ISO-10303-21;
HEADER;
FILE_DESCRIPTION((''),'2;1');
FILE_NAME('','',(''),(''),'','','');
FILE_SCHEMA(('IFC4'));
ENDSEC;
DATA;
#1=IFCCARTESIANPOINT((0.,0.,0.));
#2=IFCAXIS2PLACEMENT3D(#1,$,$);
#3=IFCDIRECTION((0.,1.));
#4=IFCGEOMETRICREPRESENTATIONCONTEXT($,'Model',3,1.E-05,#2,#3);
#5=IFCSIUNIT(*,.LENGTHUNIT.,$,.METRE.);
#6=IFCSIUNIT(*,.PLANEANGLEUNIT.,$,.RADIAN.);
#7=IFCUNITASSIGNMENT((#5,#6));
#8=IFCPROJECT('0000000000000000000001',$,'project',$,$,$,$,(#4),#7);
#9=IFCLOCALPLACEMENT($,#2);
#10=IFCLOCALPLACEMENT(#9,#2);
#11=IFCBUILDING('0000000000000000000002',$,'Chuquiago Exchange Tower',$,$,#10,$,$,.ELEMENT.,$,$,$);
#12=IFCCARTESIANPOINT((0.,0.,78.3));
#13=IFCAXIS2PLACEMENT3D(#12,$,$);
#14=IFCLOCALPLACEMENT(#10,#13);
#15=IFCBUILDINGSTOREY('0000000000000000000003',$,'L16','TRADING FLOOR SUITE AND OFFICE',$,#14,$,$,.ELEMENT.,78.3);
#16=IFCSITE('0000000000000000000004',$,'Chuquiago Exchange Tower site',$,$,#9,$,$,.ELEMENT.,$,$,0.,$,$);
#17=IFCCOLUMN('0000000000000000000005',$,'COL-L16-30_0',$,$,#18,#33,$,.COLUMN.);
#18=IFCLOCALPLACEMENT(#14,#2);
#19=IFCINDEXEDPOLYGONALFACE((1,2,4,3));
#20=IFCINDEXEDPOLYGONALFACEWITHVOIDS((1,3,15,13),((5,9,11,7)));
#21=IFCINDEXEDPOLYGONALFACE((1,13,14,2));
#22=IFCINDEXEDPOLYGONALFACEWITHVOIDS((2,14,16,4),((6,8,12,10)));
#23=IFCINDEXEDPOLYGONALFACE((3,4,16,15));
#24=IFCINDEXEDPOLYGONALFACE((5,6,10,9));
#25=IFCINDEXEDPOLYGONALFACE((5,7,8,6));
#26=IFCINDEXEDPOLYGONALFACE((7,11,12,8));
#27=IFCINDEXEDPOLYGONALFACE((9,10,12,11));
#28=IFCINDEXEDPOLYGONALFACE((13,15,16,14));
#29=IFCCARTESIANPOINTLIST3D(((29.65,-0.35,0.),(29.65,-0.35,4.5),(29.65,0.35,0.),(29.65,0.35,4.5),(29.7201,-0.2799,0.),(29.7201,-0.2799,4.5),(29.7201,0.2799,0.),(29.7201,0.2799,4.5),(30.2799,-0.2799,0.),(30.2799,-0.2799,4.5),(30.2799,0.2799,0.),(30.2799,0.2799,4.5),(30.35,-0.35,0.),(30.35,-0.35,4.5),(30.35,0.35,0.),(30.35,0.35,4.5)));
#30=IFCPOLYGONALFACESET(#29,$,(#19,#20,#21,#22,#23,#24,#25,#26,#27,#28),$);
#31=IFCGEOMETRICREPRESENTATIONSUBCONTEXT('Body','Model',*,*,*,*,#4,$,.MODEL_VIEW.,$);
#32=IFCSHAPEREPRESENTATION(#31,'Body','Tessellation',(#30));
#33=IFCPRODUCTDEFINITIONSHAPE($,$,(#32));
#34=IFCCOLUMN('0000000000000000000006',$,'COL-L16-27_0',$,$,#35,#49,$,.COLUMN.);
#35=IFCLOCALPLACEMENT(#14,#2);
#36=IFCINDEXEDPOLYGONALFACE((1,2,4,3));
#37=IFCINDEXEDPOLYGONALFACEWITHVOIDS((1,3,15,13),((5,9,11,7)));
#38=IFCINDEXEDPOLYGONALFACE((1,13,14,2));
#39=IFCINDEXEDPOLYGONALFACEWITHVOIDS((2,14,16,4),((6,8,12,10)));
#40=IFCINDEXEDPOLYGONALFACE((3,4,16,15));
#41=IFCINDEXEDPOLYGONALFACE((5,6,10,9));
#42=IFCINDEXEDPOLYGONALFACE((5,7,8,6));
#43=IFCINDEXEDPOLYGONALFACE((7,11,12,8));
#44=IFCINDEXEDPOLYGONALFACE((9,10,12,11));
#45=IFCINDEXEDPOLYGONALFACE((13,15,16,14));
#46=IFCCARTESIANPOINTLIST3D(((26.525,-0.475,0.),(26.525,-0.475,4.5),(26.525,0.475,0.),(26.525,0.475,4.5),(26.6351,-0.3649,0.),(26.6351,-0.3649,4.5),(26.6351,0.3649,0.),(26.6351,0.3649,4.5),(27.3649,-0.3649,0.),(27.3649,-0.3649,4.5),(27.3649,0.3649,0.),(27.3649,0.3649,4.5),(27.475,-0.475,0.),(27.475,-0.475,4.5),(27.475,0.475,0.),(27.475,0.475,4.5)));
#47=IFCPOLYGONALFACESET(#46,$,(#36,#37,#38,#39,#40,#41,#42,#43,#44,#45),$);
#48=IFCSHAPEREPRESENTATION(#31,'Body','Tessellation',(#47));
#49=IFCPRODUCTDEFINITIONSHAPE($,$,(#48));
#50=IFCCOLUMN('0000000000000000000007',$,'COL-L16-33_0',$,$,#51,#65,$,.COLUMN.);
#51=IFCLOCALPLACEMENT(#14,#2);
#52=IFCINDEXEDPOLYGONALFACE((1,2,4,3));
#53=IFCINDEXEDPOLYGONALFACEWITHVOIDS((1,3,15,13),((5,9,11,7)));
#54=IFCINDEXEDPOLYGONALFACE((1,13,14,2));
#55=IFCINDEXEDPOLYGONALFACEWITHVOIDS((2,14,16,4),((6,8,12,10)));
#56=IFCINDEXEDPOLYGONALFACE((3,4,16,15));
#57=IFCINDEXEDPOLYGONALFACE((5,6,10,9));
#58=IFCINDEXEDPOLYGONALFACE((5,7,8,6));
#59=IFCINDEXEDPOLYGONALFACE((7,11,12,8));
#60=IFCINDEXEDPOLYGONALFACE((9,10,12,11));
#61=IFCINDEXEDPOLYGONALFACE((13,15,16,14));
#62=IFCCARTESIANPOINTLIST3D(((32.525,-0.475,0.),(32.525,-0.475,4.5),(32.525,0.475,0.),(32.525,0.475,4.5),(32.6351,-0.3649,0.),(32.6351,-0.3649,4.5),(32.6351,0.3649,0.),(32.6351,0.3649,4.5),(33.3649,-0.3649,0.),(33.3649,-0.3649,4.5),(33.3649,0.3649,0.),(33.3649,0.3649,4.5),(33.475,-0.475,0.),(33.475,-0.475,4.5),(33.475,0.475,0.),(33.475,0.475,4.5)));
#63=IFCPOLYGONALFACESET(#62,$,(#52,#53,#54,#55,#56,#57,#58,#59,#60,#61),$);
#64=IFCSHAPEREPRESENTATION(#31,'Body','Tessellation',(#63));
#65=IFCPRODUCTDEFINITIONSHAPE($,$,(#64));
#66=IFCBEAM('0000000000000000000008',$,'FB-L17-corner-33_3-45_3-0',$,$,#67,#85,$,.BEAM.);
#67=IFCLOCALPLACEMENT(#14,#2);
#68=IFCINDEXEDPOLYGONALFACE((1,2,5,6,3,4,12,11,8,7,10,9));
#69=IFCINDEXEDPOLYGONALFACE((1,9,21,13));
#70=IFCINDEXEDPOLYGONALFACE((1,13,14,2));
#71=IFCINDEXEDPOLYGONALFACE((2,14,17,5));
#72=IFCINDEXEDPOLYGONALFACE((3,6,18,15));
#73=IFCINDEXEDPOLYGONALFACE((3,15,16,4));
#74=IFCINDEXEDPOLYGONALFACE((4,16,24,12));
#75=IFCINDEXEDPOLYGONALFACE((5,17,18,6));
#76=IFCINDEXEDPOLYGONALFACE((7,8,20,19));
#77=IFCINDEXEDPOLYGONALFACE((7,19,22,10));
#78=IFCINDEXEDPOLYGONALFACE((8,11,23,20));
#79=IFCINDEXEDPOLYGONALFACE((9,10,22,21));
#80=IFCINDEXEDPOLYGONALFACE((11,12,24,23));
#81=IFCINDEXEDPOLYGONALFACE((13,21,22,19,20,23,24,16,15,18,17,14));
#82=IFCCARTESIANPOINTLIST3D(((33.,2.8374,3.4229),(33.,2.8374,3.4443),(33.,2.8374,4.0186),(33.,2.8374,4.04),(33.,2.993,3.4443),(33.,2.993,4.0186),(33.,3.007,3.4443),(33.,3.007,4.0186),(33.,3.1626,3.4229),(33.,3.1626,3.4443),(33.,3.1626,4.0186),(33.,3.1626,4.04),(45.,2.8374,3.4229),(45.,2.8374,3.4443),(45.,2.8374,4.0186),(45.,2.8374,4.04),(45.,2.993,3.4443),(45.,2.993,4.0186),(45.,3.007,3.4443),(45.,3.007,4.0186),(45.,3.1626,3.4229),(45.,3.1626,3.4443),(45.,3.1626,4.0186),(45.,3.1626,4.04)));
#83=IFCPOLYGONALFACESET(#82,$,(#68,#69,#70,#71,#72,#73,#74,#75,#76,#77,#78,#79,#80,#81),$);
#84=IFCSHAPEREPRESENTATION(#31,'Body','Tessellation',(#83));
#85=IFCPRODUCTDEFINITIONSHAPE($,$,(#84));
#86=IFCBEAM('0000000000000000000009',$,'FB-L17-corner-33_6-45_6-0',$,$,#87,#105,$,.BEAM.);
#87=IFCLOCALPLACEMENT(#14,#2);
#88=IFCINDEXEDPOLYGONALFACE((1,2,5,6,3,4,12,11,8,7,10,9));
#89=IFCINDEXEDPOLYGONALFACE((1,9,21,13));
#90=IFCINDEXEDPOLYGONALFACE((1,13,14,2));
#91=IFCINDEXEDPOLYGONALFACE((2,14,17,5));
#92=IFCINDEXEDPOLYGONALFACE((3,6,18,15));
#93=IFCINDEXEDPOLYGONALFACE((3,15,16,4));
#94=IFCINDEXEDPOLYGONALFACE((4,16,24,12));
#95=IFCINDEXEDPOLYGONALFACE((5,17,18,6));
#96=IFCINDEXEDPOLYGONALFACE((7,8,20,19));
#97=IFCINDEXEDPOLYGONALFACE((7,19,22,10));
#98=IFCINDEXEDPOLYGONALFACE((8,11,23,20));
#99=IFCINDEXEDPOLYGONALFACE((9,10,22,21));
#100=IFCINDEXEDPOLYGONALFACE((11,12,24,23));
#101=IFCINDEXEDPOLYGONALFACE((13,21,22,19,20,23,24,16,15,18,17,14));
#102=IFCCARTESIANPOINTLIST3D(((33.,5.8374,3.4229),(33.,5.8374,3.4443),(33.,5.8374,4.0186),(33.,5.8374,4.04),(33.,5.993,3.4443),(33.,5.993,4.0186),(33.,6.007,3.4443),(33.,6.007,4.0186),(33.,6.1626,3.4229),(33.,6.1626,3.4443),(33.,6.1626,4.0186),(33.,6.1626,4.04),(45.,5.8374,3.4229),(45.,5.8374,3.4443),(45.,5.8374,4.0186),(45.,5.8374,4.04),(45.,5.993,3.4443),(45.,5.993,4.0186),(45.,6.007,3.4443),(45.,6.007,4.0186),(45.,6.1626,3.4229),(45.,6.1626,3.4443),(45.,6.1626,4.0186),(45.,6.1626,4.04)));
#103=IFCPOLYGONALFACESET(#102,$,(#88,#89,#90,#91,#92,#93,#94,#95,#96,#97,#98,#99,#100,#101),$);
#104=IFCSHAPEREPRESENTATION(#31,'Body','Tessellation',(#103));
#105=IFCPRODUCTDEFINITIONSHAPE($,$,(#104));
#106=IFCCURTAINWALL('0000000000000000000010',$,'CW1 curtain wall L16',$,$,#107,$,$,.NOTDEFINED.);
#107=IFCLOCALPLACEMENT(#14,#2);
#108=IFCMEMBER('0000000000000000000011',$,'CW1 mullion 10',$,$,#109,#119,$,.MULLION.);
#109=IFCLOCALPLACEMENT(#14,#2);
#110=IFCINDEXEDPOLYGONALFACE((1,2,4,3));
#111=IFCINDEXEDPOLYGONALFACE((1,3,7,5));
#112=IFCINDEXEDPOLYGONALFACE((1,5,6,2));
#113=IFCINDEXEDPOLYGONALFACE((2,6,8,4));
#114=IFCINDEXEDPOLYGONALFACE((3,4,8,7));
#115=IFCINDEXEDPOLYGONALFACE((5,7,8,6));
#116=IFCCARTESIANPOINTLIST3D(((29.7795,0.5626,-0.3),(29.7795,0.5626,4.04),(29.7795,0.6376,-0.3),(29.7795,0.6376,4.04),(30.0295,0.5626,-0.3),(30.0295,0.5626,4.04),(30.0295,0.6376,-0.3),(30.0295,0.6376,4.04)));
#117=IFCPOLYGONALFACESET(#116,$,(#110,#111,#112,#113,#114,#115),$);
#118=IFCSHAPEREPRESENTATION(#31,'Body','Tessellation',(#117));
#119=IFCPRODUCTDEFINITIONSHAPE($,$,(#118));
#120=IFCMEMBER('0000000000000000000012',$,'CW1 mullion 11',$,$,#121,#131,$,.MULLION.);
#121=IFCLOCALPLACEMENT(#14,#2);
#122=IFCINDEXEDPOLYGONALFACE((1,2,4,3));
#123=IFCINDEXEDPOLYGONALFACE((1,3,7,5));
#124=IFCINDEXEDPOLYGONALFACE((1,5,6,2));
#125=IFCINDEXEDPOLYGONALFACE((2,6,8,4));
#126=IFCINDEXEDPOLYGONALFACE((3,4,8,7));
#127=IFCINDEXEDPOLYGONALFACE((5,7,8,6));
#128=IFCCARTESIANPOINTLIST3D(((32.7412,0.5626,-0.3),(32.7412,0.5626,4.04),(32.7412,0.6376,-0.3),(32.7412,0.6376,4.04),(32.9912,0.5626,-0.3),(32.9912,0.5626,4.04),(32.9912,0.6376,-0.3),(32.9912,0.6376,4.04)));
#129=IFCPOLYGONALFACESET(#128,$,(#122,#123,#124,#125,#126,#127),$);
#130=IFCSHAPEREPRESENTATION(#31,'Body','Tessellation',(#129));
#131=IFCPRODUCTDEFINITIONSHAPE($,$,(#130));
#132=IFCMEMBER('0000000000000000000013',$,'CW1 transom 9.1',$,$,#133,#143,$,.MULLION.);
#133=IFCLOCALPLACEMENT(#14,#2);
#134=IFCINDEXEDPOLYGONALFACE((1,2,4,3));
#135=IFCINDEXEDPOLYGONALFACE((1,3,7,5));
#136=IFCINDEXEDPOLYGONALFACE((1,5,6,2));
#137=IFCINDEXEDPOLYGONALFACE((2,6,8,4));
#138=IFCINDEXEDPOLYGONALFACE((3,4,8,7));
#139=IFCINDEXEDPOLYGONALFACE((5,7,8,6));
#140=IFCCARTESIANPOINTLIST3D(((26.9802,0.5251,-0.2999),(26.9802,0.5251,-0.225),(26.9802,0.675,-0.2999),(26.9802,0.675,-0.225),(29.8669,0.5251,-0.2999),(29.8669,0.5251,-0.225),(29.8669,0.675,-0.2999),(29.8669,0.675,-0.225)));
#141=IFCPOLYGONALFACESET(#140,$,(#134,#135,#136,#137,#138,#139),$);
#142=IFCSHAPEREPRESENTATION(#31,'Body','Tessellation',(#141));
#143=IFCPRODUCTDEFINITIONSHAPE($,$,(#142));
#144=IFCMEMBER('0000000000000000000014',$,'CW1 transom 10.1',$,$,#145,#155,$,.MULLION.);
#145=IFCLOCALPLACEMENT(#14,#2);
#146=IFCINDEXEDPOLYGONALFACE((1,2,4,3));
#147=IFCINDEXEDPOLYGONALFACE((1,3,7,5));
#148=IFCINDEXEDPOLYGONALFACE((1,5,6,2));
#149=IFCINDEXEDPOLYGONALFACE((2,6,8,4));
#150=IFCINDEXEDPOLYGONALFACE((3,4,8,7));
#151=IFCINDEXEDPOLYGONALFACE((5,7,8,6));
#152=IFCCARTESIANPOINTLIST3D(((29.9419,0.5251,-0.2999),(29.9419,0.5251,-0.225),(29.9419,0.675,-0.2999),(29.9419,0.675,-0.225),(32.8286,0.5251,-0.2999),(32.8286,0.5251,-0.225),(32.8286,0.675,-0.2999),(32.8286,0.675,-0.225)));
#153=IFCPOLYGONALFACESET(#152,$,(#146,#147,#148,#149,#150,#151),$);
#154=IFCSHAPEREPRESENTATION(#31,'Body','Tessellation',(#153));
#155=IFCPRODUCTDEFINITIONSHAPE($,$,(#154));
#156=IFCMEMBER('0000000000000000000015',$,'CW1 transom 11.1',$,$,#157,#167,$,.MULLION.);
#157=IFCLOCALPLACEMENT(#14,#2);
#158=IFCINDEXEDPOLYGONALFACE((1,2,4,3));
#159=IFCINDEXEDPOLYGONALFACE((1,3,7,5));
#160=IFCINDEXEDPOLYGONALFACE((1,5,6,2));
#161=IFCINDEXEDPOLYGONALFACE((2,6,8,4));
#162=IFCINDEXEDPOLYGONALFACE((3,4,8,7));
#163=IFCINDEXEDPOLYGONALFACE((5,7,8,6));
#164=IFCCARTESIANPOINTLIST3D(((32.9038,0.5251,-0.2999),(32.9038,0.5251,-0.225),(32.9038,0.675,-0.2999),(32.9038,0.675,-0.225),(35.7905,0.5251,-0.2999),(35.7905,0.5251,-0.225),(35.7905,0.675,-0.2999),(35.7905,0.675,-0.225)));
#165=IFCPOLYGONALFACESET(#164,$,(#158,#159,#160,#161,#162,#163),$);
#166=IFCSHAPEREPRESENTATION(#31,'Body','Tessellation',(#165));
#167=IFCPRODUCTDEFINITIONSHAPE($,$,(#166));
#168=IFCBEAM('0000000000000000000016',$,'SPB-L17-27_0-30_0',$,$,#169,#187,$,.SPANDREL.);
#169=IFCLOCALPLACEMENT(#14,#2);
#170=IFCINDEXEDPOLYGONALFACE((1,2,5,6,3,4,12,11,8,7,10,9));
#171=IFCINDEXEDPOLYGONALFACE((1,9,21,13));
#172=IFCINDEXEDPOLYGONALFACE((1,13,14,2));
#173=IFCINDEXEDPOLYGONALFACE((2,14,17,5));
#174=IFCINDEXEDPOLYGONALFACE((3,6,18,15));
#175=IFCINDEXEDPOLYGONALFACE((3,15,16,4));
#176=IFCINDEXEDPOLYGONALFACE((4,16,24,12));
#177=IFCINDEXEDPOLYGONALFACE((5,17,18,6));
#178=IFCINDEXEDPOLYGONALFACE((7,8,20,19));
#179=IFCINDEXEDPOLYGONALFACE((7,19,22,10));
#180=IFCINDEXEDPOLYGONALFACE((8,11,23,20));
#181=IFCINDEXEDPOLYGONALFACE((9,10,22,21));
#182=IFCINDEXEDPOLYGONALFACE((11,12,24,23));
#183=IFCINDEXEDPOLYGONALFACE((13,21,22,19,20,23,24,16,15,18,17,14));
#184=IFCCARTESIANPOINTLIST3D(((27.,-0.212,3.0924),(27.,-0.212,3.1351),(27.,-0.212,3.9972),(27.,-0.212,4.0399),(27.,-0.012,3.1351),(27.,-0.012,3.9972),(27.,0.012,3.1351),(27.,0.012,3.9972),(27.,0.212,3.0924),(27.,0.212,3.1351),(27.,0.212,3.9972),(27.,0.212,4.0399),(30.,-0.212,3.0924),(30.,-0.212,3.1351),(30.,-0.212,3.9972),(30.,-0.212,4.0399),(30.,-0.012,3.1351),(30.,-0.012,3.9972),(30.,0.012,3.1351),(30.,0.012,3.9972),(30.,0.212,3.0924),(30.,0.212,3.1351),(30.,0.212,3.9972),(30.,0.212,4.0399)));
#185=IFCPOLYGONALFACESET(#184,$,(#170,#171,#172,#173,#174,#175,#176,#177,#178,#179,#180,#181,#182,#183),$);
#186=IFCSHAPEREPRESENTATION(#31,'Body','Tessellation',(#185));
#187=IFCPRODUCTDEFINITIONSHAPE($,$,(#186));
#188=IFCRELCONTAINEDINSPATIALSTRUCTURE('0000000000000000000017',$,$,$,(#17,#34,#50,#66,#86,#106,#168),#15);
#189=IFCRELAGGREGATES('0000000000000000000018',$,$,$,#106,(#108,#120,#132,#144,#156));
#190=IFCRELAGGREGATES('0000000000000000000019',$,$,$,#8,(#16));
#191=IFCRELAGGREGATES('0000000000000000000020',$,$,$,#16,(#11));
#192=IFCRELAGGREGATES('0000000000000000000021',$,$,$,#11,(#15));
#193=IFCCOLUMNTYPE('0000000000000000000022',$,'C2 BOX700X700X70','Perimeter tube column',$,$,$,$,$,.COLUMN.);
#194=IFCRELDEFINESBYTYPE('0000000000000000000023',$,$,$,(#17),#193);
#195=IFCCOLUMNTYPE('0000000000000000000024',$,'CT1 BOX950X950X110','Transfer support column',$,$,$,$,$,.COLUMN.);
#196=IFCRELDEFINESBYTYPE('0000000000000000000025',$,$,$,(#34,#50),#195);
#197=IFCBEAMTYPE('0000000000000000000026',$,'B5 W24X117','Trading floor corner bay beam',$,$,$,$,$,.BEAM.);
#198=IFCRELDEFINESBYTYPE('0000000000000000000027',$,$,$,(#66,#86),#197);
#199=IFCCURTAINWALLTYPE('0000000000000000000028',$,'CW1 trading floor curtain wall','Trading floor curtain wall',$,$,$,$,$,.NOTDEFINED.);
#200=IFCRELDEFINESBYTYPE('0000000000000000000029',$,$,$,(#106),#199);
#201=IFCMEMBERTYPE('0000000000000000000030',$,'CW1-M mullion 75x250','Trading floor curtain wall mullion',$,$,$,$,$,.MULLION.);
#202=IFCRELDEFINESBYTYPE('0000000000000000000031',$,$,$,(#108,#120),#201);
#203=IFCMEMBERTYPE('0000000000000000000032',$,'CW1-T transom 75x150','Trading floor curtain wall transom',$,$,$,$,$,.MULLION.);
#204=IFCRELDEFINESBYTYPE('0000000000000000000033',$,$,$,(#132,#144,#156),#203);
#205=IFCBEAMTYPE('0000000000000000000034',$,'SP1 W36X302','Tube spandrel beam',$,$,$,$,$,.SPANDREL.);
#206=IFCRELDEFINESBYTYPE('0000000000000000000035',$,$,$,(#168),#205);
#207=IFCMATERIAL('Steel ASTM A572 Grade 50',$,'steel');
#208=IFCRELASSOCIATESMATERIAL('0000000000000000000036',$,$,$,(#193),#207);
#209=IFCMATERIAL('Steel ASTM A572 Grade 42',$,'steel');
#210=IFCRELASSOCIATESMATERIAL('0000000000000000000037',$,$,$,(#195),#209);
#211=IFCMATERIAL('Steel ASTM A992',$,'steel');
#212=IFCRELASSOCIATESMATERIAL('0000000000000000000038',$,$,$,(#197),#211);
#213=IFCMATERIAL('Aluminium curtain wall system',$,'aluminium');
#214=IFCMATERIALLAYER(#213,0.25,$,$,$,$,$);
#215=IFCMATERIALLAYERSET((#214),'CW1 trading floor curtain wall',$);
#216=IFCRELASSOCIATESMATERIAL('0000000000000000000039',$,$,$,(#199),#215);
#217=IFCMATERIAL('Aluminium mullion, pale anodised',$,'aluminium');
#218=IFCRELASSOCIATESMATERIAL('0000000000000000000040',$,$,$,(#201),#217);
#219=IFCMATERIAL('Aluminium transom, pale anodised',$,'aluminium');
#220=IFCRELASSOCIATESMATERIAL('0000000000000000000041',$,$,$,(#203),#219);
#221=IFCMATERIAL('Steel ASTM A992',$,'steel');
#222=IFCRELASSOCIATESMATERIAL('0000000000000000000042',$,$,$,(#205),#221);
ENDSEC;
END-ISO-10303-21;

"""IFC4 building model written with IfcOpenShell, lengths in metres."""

from ifc_helpers import new_model, si_unit, direction, frame, origin, origin_2d, place, context, subcontext, project, spatial, rectangle, hollow_rectangle, i_section, extrude, material, layer, layer_set, material_profile, profile_set, type_object, element, aggregate, save


model = new_model("IFC4")

# Units and contexts
model_context = context("Model", 3, precision=1e-05, world=origin(), true_north=direction((0.0, 1.0)))
body_context = subcontext(model_context, "Body", "Model", "MODEL_VIEW")
ifc_project = project(units=[si_unit("LENGTHUNIT", "METRE"), si_unit("PLANEANGLEUNIT", "RADIAN")], contexts=[model_context])

# Site, building, storey
site_placement = place(None, origin())
site = spatial("IfcSite", under=ifc_project, at=site_placement, Name="Chuquiago Exchange Tower site", CompositionType="ELEMENT", RefElevation=0.0)
building_placement = place(site_placement, origin())
building = spatial("IfcBuilding", under=site, at=building_placement, Name="Chuquiago Exchange Tower", CompositionType="ELEMENT")
storey_placement = place(building_placement, frame((0.0, 0.0, 78.3)))
storey = spatial("IfcBuildingStorey", under=building, at=storey_placement, Name="L16", Description="TRADING FLOOR SUITE AND OFFICE", CompositionType="ELEMENT", Elevation=78.3)

# Columns
ifc_material_1 = material(Name="Steel ASTM A572 Grade 50", Category="steel")
ifc_material_profile_1 = material_profile(ifc_material_1, hollow_rectangle(XDim=0.7, YDim=0.7, WallThickness=0.0701, at=origin_2d()), Name="BOX700X700X70")
ifc_profile_set_1 = profile_set([ifc_material_profile_1], Name="Steel ASTM A572 Grade 50")
column_type_1 = type_object("IfcColumnType", Name="C2 BOX700X700X70", Description="Perimeter tube column", PredefinedType="COLUMN", material=ifc_profile_set_1)
column_placement = place(storey_placement, frame((30.0, 0.0, 0.0), z_axis=(0.0, 0.0, 1.0), x_axis=(0.0, -1.0, 0.0)))
element("IfcColumn", 1, at=column_placement, inside=storey, type_object=column_type_1, Name="COL-L16-30_0", PredefinedType="COLUMN", context=body_context, shape_type="SweptSolid", body=[
    extrude(hollow_rectangle(XDim=0.7, YDim=0.7, WallThickness=0.0701, at=origin_2d()), origin(), (0.0, 0.0, 1.0), 4.5),
])
ifc_material_2 = material(Name="Steel ASTM A572 Grade 42", Category="steel")
ifc_material_profile_2 = material_profile(ifc_material_2, hollow_rectangle(XDim=0.95, YDim=0.95, WallThickness=0.1101, at=origin_2d()), Name="BOX950X950X110")
ifc_profile_set_2 = profile_set([ifc_material_profile_2], Name="Steel ASTM A572 Grade 42")
column_type_2 = type_object("IfcColumnType", Name="CT1 BOX950X950X110", Description="Transfer support column", PredefinedType="COLUMN", material=ifc_profile_set_2)
for number, where, z_axis, x_axis, name in (
    (2, (27.0, 0.0, 0.0), (0.0, 0.0, 1.0), (0.0, -1.0, 0.0), "COL-L16-27_0"),
    (3, (33.0, 0.0, 0.0), (0.0, 0.0, 1.0), (0.0, -1.0, 0.0), "COL-L16-33_0"),
):
    element("IfcColumn", number, at=place(storey_placement, frame(where, z_axis=z_axis, x_axis=x_axis)), inside=storey, type_object=column_type_2, Name=name, PredefinedType="COLUMN", context=body_context, shape_type="SweptSolid", body=[
        extrude(hollow_rectangle(XDim=0.95, YDim=0.95, WallThickness=0.1101, at=origin_2d()), origin(), (0.0, 0.0, 1.0), 4.5),
    ])

# Beams
ifc_material_3 = material(Name="Steel ASTM A992", Category="steel")
ifc_material_profile_3 = material_profile(ifc_material_3, i_section(OverallWidth=0.3252, OverallDepth=0.6172, WebThickness=0.0139, FlangeThickness=0.0215, at=origin_2d()), Name="W24X117")
ifc_profile_set_3 = profile_set([ifc_material_profile_3], Name="Steel ASTM A992")
beam_type_1 = type_object("IfcBeamType", Name="B5 W24X117", Description="Trading floor corner bay beam", PredefinedType="BEAM", material=ifc_profile_set_3)
for number, where, z_axis, x_axis, name in (
    (4, (33.0, 3.0, 3.7314), (1.0, 0.0, 0.0), (0.0, 1.0, 0.0), "FB-L17-corner-33_3-45_3-0"),
    (5, (33.0, 6.0, 3.7314), (1.0, 0.0, 0.0), (0.0, 1.0, 0.0), "FB-L17-corner-33_6-45_6-0"),
):
    element("IfcBeam", number, at=place(storey_placement, frame(where, z_axis=z_axis, x_axis=x_axis)), inside=storey, type_object=beam_type_1, Name=name, PredefinedType="BEAM", context=body_context, shape_type="SweptSolid", body=[
        extrude(i_section(OverallWidth=0.3252, OverallDepth=0.6172, WebThickness=0.0139, FlangeThickness=0.0215, at=origin_2d()), origin(), (0.0, 0.0, 1.0), 12.0),
    ])

# Curtain wall, members
ifc_material_4 = material(Name="Aluminium curtain wall system", Category="aluminium")
ifc_layer_1 = layer(ifc_material_4, 0.25)
ifc_layer_set_1 = layer_set([ifc_layer_1], Name="CW1 trading floor curtain wall")
curtain_wall_type = type_object("IfcCurtainWallType", Name="CW1 trading floor curtain wall", Description="Trading floor curtain wall", PredefinedType="NOTDEFINED", material=ifc_layer_set_1)
curtain_wall_placement = place(storey_placement, origin())
curtain_wall = element("IfcCurtainWall", 6, at=curtain_wall_placement, inside=storey, type_object=curtain_wall_type, Name="CW1 curtain wall L16", PredefinedType="NOTDEFINED")
ifc_material_5 = material(Name="Aluminium mullion, pale anodised", Category="aluminium")
ifc_material_profile_4 = material_profile(ifc_material_5, rectangle(XDim=0.075, YDim=0.25, at=origin_2d()), Name="AL 75x250")
ifc_profile_set_4 = profile_set([ifc_material_profile_4], Name="Aluminium mullion, pale anodised")
member_type_1 = type_object("IfcMemberType", Name="CW1-M mullion 75x250", Description="Trading floor curtain wall mullion", PredefinedType="MULLION", material=ifc_profile_set_4)
member_1_placement = place(storey_placement, frame((29.9045, 0.6001, -0.3), z_axis=(0.0, 0.0, 1.0), x_axis=(0.0, 1.0, 0.0)))
member_1 = element("IfcMember", 7, at=member_1_placement, type_object=member_type_1, Name="CW1 mullion 10", PredefinedType="MULLION", context=body_context, shape_type="SweptSolid", body=[
    extrude(rectangle(XDim=0.075, YDim=0.25, at=origin_2d()), origin(), (0.0, 0.0, 1.0), 4.3401),
])
member_2_placement = place(storey_placement, frame((32.8662, 0.6001, -0.3), z_axis=(0.0, 0.0, 1.0), x_axis=(0.0, 1.0, 0.0)))
member_2 = element("IfcMember", 8, at=member_2_placement, type_object=member_type_1, Name="CW1 mullion 11", PredefinedType="MULLION", context=body_context, shape_type="SweptSolid", body=[
    extrude(rectangle(XDim=0.075, YDim=0.25, at=origin_2d()), origin(), (0.0, 0.0, 1.0), 4.3401),
])
ifc_material_6 = material(Name="Aluminium transom, pale anodised", Category="aluminium")
ifc_material_profile_5 = material_profile(ifc_material_6, rectangle(XDim=0.1499, YDim=0.075, at=origin_2d()), Name="AL 150x75")
ifc_profile_set_5 = profile_set([ifc_material_profile_5], Name="Aluminium transom, pale anodised")
member_type_2 = type_object("IfcMemberType", Name="CW1-T transom 75x150", Description="Trading floor curtain wall transom", PredefinedType="MULLION", material=ifc_profile_set_5)
member_3_placement = place(storey_placement, frame((26.9802, 0.6001, -0.2625), z_axis=(1.0, 0.0, 0.0), x_axis=(0.0, 1.0, 0.0)))
member_3 = element("IfcMember", 9, at=member_3_placement, type_object=member_type_2, Name="CW1 transom 9.1", PredefinedType="MULLION", context=body_context, shape_type="SweptSolid", body=[
    extrude(rectangle(XDim=0.1499, YDim=0.075, at=origin_2d()), origin(), (0.0, 0.0, 1.0), 2.8867),
])
member_4_placement = place(storey_placement, frame((29.9419, 0.6001, -0.2625), z_axis=(1.0, 0.0, 0.0), x_axis=(0.0, 1.0, 0.0)))
member_4 = element("IfcMember", 10, at=member_4_placement, type_object=member_type_2, Name="CW1 transom 10.1", PredefinedType="MULLION", context=body_context, shape_type="SweptSolid", body=[
    extrude(rectangle(XDim=0.1499, YDim=0.075, at=origin_2d()), origin(), (0.0, 0.0, 1.0), 2.8867),
])
member_5_placement = place(storey_placement, frame((32.9038, 0.6001, -0.2625), z_axis=(1.0, 0.0, 0.0), x_axis=(0.0, 1.0, 0.0)))
member_5 = element("IfcMember", 11, at=member_5_placement, type_object=member_type_2, Name="CW1 transom 11.1", PredefinedType="MULLION", context=body_context, shape_type="SweptSolid", body=[
    extrude(rectangle(XDim=0.1499, YDim=0.075, at=origin_2d()), origin(), (0.0, 0.0, 1.0), 2.8867),
])

# Beam
ifc_material_7 = material(Name="Steel ASTM A992", Category="steel")
ifc_material_profile_6 = material_profile(ifc_material_7, i_section(OverallWidth=0.4241, OverallDepth=0.9475, WebThickness=0.0239, FlangeThickness=0.0427, at=origin_2d()), Name="W36X302")
ifc_profile_set_6 = profile_set([ifc_material_profile_6], Name="Steel ASTM A992")
beam_type_2 = type_object("IfcBeamType", Name="SP1 W36X302", Description="Tube spandrel beam", PredefinedType="SPANDREL", material=ifc_profile_set_6)
for number, where, z_axis, x_axis, name in (
    (12, (27.0, 0.0, 3.5662), (1.0, 0.0, 0.0), (0.0, 1.0, 0.0), "SPB-L17-27_0-30_0"),
):
    element("IfcBeam", number, at=place(storey_placement, frame(where, z_axis=z_axis, x_axis=x_axis)), inside=storey, type_object=beam_type_2, Name=name, PredefinedType="SPANDREL", context=body_context, shape_type="SweptSolid", body=[
        extrude(i_section(OverallWidth=0.4241, OverallDepth=0.9475, WebThickness=0.0239, FlangeThickness=0.0427, at=origin_2d()), origin(), (0.0, 0.0, 1.0), 3.0),
    ])

aggregate(curtain_wall, [member_1, member_2, member_3, member_4, member_5])

save(model, "model.ifc")
